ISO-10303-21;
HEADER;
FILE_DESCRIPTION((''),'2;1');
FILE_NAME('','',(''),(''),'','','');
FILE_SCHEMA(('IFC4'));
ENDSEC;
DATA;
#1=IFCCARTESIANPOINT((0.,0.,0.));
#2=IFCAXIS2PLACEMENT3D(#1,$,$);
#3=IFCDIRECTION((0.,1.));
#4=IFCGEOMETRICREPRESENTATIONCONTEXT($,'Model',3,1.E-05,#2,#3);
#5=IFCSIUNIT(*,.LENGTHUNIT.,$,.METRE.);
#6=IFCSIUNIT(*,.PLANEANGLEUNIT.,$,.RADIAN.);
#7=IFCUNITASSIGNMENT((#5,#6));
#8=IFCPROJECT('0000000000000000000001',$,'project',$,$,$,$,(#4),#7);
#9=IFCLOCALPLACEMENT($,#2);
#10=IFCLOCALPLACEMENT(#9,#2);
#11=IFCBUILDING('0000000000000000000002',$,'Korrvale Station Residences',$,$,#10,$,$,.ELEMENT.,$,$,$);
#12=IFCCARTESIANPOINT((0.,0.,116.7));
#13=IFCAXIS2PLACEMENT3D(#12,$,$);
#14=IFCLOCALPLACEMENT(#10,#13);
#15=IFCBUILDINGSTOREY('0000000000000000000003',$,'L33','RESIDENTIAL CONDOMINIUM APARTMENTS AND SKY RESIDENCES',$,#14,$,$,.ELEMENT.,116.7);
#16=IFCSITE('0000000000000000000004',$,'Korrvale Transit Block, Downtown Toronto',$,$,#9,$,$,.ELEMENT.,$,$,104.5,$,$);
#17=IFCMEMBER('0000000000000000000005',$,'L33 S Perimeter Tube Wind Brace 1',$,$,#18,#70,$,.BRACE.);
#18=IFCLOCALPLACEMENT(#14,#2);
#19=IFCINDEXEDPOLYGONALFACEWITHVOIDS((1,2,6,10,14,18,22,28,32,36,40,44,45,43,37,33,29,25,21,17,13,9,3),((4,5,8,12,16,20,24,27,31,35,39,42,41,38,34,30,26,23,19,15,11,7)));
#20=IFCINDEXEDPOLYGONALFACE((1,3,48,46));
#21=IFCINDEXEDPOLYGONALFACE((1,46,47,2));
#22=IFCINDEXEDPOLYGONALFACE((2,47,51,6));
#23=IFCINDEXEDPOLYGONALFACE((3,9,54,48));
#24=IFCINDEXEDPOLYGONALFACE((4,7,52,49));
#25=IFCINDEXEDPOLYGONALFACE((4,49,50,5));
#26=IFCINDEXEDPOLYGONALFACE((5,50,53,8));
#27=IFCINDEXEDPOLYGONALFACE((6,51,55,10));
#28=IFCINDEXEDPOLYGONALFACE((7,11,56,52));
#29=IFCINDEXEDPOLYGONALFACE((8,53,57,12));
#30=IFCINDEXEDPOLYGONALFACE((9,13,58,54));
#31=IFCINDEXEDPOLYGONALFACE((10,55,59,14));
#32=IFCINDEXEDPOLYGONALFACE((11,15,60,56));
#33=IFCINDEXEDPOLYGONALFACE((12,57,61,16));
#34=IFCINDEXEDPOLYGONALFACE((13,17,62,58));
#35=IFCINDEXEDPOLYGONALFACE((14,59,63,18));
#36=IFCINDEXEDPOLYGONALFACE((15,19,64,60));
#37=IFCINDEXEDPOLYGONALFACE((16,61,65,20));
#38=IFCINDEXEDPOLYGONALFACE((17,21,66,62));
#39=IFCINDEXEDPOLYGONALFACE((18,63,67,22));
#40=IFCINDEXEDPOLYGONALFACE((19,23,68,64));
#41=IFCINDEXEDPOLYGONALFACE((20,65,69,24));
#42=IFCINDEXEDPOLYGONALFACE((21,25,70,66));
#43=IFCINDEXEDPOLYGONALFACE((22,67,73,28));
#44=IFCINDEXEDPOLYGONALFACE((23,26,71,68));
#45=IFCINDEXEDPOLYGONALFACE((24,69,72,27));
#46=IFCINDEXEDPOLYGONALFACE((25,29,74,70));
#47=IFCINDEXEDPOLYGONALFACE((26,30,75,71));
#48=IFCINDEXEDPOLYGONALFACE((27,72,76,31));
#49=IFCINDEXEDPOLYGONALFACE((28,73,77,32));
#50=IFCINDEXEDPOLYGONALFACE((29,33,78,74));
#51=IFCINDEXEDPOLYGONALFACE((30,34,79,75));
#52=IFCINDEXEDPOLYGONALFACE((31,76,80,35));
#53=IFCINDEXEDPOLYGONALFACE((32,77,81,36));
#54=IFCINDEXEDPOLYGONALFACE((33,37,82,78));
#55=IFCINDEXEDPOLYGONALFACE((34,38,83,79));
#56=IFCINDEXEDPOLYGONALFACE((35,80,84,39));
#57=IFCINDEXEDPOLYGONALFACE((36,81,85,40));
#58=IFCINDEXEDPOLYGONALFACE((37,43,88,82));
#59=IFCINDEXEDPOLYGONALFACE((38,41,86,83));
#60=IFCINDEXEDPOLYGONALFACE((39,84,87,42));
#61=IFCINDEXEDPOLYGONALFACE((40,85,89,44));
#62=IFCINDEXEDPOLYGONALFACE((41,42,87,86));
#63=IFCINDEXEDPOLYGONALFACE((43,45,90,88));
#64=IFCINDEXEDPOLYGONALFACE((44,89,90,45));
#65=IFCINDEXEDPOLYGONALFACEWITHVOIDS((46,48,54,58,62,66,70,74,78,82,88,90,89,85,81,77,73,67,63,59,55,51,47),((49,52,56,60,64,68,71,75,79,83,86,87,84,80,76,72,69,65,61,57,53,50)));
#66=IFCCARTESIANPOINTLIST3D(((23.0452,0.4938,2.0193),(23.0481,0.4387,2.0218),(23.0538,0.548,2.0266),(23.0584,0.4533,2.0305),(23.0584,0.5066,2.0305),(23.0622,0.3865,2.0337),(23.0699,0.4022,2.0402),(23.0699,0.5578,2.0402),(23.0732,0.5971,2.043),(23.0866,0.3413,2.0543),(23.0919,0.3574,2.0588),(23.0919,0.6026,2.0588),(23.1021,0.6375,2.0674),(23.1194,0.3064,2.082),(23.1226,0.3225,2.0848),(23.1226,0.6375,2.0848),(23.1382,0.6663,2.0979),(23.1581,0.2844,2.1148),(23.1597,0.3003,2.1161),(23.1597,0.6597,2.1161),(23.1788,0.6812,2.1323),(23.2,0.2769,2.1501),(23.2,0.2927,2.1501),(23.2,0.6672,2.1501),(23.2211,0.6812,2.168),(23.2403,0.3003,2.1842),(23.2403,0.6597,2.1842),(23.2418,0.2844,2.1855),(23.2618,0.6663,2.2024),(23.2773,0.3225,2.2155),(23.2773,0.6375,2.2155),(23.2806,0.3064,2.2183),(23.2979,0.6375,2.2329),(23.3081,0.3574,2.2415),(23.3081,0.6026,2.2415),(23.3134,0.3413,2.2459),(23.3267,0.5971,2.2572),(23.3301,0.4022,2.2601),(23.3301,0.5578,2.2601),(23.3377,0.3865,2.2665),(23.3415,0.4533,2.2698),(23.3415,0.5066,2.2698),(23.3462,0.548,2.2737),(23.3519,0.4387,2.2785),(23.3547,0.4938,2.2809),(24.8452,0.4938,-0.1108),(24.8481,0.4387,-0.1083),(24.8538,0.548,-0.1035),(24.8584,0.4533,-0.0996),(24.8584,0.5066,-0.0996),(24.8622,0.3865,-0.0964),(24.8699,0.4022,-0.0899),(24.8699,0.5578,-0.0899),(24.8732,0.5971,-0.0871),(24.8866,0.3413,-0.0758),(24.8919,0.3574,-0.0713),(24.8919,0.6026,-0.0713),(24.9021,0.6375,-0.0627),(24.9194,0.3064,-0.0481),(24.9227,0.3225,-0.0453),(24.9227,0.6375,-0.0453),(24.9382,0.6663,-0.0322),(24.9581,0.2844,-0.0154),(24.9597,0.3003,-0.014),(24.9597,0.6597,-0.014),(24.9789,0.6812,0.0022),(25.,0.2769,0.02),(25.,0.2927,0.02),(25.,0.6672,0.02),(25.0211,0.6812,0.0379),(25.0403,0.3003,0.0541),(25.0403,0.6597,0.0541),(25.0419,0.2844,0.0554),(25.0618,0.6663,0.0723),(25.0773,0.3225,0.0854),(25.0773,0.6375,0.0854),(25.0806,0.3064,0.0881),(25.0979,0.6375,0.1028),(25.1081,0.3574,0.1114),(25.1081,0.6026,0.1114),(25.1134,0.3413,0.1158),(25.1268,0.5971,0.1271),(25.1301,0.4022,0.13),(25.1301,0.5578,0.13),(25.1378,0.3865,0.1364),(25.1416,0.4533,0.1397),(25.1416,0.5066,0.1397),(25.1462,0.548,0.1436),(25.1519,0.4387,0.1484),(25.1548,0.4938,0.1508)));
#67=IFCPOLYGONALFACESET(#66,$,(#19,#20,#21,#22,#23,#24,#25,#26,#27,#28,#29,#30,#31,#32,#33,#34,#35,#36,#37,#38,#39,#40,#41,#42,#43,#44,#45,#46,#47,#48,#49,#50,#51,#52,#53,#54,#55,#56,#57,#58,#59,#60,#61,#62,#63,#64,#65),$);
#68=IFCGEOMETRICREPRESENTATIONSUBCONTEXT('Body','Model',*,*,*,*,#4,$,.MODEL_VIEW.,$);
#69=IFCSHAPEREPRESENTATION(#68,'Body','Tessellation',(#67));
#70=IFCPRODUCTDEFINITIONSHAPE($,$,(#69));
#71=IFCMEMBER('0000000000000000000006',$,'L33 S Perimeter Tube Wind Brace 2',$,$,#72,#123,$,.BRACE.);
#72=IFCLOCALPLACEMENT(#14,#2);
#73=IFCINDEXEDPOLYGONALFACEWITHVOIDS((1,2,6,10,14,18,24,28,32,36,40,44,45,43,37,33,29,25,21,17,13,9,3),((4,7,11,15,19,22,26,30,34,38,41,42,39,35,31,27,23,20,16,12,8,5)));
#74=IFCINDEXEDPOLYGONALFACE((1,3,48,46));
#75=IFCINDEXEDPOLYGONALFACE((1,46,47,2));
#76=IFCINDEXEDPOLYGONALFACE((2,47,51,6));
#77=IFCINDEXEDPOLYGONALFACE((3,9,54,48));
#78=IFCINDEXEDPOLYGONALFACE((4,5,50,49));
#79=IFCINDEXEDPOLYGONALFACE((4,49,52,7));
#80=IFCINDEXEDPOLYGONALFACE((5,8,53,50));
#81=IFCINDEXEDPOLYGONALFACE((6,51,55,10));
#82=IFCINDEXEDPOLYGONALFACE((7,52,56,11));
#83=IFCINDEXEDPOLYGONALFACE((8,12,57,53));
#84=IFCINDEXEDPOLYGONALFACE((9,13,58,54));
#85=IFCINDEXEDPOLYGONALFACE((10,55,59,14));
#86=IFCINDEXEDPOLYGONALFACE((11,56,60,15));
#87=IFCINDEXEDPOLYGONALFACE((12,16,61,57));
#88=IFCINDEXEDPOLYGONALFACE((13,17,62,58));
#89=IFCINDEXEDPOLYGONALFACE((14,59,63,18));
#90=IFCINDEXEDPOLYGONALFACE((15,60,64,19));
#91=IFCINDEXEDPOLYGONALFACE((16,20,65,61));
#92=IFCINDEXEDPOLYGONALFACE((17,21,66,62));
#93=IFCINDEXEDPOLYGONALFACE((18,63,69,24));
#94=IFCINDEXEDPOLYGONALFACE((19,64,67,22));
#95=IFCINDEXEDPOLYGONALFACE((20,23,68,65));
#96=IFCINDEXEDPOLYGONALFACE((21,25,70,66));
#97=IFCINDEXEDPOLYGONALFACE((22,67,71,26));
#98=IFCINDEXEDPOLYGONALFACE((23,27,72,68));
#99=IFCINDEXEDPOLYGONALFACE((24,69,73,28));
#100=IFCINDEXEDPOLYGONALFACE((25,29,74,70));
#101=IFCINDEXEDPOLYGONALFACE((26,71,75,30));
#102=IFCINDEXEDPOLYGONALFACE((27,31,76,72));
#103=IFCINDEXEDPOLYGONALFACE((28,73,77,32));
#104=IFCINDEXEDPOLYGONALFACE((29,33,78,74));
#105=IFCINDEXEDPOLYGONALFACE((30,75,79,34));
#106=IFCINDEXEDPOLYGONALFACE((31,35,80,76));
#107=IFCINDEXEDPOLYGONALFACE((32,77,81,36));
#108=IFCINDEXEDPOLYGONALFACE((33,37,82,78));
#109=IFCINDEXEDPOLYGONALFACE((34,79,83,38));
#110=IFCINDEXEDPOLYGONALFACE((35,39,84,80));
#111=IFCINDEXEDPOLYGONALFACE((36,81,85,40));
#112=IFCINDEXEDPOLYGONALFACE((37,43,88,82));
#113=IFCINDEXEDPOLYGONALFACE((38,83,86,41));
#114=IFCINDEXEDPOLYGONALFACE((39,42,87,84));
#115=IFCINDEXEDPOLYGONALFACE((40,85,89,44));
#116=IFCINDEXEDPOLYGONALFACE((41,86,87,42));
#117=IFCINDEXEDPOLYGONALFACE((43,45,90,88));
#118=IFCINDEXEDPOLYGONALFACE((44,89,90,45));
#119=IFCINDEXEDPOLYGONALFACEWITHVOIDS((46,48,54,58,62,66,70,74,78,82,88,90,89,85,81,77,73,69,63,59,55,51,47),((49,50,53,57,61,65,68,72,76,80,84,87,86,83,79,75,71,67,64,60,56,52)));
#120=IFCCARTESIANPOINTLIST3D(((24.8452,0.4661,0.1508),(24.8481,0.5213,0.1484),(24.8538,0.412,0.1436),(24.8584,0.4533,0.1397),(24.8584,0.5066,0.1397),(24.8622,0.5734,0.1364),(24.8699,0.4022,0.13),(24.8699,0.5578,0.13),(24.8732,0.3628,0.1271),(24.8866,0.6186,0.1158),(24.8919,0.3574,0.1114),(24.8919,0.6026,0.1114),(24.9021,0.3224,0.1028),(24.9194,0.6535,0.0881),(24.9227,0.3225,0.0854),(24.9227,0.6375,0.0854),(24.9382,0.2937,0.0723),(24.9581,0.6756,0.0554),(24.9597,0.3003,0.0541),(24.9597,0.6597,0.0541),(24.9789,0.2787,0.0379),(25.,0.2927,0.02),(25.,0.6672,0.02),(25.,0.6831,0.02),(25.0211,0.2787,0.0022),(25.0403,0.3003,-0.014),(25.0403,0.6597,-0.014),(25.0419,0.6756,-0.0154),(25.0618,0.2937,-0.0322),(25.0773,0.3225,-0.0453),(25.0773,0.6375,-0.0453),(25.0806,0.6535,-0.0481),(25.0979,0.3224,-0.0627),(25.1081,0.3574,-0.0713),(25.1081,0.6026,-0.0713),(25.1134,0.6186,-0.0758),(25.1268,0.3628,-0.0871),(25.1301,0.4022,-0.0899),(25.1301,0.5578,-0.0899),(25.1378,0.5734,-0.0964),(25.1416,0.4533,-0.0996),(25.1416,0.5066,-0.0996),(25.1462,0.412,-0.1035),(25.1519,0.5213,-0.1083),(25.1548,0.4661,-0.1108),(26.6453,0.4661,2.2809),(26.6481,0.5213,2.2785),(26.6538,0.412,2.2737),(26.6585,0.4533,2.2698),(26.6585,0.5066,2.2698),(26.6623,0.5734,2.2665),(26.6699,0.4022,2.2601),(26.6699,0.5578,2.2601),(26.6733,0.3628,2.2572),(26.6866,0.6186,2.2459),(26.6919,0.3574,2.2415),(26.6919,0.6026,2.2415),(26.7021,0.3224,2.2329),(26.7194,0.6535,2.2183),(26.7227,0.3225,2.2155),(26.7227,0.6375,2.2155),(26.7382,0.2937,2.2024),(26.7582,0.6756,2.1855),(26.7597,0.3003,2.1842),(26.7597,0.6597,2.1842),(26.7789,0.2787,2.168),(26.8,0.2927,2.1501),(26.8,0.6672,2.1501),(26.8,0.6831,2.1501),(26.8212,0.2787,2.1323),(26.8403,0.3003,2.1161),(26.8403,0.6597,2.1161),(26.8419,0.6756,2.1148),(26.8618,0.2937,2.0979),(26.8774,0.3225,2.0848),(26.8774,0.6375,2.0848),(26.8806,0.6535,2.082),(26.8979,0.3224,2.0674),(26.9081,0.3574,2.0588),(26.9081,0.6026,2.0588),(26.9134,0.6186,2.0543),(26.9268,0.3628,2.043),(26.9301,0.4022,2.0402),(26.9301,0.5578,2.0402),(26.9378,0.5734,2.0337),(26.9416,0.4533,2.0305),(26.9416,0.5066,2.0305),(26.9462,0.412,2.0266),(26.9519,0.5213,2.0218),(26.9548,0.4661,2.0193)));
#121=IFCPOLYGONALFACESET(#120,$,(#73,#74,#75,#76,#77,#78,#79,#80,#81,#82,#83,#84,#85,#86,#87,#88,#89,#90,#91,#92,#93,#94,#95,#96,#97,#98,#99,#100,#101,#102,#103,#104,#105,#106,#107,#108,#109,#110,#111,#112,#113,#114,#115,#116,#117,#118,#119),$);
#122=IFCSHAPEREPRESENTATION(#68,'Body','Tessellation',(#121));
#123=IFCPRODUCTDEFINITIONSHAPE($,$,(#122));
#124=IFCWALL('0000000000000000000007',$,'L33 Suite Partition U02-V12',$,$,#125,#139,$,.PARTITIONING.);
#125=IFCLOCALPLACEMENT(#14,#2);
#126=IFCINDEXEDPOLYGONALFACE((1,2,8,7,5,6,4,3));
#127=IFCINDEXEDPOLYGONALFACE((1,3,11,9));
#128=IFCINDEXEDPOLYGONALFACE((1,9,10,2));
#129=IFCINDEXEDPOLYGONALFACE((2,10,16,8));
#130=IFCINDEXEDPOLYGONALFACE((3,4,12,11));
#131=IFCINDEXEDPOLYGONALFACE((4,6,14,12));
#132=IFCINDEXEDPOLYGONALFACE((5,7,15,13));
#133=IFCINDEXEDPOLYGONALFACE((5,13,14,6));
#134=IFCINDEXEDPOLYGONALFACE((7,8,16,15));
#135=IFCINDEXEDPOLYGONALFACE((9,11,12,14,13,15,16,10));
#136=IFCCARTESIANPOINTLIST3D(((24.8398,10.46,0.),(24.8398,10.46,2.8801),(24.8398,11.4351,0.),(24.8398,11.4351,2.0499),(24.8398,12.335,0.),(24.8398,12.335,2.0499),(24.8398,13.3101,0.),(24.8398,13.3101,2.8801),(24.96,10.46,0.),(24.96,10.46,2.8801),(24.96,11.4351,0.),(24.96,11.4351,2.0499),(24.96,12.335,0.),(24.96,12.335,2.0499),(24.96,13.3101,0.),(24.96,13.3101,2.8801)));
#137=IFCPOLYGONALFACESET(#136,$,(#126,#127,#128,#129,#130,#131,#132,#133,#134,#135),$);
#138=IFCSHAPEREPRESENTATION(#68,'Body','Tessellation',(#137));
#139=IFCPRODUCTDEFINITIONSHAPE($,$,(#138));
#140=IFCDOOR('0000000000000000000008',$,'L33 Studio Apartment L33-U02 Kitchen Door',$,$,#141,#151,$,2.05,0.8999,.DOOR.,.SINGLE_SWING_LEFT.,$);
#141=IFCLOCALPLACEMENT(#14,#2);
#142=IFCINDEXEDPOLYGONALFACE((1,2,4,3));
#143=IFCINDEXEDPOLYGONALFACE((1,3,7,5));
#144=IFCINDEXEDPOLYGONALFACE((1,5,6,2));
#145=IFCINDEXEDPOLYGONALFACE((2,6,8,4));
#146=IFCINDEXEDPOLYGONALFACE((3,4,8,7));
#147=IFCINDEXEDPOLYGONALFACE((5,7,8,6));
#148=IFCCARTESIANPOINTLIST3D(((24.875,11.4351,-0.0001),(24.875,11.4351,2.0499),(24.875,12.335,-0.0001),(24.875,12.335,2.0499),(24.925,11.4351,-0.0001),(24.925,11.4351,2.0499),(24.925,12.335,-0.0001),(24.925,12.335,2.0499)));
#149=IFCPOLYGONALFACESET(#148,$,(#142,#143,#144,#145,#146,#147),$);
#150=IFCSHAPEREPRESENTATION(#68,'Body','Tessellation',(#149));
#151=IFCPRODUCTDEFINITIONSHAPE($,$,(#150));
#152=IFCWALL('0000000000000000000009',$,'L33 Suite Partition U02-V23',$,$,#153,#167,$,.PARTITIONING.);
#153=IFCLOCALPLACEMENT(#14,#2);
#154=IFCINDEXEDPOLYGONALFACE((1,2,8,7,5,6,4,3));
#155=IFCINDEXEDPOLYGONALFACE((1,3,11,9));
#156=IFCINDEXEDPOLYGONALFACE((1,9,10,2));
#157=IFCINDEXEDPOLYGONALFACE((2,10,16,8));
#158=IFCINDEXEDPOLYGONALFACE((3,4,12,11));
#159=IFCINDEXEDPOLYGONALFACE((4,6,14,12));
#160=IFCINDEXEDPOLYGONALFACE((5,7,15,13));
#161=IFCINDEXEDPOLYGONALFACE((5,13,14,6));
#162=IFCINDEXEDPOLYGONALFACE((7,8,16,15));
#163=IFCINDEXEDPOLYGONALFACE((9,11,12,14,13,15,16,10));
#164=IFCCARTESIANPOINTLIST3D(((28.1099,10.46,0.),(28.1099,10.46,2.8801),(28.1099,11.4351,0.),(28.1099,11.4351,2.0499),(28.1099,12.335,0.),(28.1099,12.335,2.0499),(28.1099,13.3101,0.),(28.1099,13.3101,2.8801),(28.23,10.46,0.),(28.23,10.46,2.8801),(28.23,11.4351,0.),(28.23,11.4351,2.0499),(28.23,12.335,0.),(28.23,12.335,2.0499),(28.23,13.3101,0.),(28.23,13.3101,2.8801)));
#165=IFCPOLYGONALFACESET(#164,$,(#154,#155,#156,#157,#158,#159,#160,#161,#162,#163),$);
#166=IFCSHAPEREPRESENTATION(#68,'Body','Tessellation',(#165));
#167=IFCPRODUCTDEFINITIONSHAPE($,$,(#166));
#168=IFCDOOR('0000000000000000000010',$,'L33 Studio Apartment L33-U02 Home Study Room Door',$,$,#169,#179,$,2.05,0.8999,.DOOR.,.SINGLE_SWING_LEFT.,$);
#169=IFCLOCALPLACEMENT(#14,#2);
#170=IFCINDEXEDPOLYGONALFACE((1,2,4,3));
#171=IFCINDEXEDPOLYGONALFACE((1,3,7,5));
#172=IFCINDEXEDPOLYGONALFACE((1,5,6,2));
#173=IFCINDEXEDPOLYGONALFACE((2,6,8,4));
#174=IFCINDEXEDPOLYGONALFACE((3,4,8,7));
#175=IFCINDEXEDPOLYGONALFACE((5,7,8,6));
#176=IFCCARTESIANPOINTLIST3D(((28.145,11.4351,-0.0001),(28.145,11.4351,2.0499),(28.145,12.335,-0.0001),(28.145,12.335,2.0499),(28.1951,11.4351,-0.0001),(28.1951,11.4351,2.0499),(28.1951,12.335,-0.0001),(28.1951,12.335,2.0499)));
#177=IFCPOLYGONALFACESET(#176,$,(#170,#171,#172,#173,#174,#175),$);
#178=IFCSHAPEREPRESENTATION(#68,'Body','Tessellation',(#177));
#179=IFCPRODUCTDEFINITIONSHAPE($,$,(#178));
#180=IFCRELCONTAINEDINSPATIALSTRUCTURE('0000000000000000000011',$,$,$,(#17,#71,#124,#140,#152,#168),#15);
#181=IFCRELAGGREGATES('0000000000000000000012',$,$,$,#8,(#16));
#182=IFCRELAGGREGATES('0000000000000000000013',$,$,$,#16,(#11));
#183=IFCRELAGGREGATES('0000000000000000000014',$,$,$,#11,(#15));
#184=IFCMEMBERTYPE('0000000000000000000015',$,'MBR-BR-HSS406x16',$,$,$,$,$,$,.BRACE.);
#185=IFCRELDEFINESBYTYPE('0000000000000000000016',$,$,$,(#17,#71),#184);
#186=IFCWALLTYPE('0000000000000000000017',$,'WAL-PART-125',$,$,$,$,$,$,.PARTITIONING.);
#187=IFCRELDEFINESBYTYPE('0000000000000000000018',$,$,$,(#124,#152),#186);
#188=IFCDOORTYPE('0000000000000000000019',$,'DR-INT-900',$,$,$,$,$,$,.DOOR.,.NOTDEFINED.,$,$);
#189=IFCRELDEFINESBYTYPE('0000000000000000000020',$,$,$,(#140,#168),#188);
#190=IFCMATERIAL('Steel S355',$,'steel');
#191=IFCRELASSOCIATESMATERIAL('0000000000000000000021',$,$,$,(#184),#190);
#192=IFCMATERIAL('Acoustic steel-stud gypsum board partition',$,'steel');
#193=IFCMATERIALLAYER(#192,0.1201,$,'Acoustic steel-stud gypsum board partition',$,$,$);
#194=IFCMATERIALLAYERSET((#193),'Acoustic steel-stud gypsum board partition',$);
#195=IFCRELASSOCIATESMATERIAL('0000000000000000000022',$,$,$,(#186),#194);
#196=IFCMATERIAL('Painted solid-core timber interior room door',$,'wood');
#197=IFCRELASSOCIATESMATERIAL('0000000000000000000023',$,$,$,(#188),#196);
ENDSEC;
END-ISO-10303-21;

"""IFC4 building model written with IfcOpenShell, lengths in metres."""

from ifc_helpers import new_model, si_unit, direction, frame, frame_2d, origin, origin_2d, place, context, subcontext, project, spatial, rectangle, hollow_circle, extrude, material, layer, layer_set, material_profile, profile_set, type_object, element, fill, save


model = new_model("IFC4")

# Units and contexts
model_context = context("Model", 3, precision=1e-05, world=origin(), true_north=direction((0.0, 1.0)))
body_context = subcontext(model_context, "Body", "Model", "MODEL_VIEW")
ifc_project = project(units=[si_unit("LENGTHUNIT", "METRE"), si_unit("PLANEANGLEUNIT", "RADIAN")], contexts=[model_context])

# Site, building, storey
site_placement = place(None, origin())
site = spatial("IfcSite", under=ifc_project, at=site_placement, Name="Korrvale Transit Block, Downtown Toronto", CompositionType="ELEMENT", RefElevation=104.5)
building_placement = place(site_placement, origin())
building = spatial("IfcBuilding", under=site, at=building_placement, Name="Korrvale Station Residences", CompositionType="ELEMENT")
storey_placement = place(building_placement, frame((0.0, 0.0, 116.7)))
storey = spatial("IfcBuildingStorey", under=building, at=storey_placement, Name="L33", Description="RESIDENTIAL CONDOMINIUM APARTMENTS AND SKY RESIDENCES", CompositionType="ELEMENT", Elevation=116.7)

# Shared definitions
ifc_material_1 = material(Name="Steel S355", Category="steel")

# Members
ifc_material_profile_1 = material_profile(ifc_material_1, hollow_circle(Radius=0.2031, WallThickness=0.0159, at=origin_2d()), Name="HSS406x16")
ifc_profile_set_1 = profile_set([ifc_material_profile_1], Name="Steel S355")
member_type = type_object("IfcMemberType", Name="MBR-BR-HSS406x16", PredefinedType="BRACE", material=ifc_profile_set_1)
for number, where, z_axis, x_axis, name in (
    (1, (25.0, 0.48, 0.02), (-0.645448, 0.0, 0.763805), (0.0, -1.0, 0.0), "L33 S Perimeter Tube Wind Brace 1"),
    (2, (25.0, 0.48, 0.02), (0.645448, 0.0, 0.763805), (0.0, 1.0, 0.0), "L33 S Perimeter Tube Wind Brace 2"),
):
    element("IfcMember", number, at=place(storey_placement, frame(where, z_axis=z_axis, x_axis=x_axis)), inside=storey, type_object=member_type, Name=name, PredefinedType="BRACE", context=body_context, shape_type="SweptSolid", body=[
        extrude(hollow_circle(Radius=0.2031, WallThickness=0.0159, at=origin_2d()), origin(), (0.0, 0.0, 1.0), 2.7888),
    ])

# Walls, openings, doors
ifc_material_2 = material(Name="Acoustic steel-stud gypsum board partition", Category="steel")
ifc_layer_1 = layer(ifc_material_2, 0.1201, Name="Acoustic steel-stud gypsum board partition")
ifc_layer_set_1 = layer_set([ifc_layer_1], Name="Acoustic steel-stud gypsum board partition")
wall_type = type_object("IfcWallType", Name="WAL-PART-125", PredefinedType="PARTITIONING", material=ifc_layer_set_1)
wall_1_placement = place(storey_placement, frame((24.8999, 10.46, 0.0), z_axis=(0.0, 0.0, 1.0), x_axis=(0.0, 1.0, 0.0)))
wall_1 = element("IfcWall", 3, at=wall_1_placement, inside=storey, type_object=wall_type, Name="L33 Suite Partition U02-V12", PredefinedType="PARTITIONING", context=body_context, shape_type="SweptSolid", body=[
    extrude(rectangle(XDim=2.8501, YDim=0.1201, at=frame_2d((1.425, 0.0))), origin(), (0.0, 0.0, 1.0), 2.8801),
])
opening_1_placement = place(wall_1_placement, frame((0.9751, 0.0, 0.0)))
opening_1 = element("IfcOpeningElement", 4, at=opening_1_placement, cuts=wall_1, PredefinedType="OPENING", context=body_context, shape_type="SweptSolid", body=[
    extrude(rectangle(XDim=0.8999, YDim=2.05, at=frame_2d((0.45, 1.0249))), frame((0.0, 0.0701, 0.0), z_axis=(0.0, -1.0, 0.0), x_axis=(1.0, 0.0, 0.0)), (0.0, 0.0, 1.0), 0.1401),
])
ifc_material_3 = material(Name="Painted solid-core timber interior room door", Category="wood")
door_type = type_object("IfcDoorType", Name="DR-INT-900", OperationType="NOTDEFINED", PredefinedType="DOOR", material=ifc_material_3)
door_1_placement = place(opening_1_placement, origin())
door_1 = element("IfcDoor", 5, at=door_1_placement, inside=storey, type_object=door_type, Name="L33 Studio Apartment L33-U02 Kitchen Door", OperationType="SINGLE_SWING_LEFT", OverallHeight=2.05, OverallWidth=0.8999, PredefinedType="DOOR", context=body_context, shape_type="SweptSolid", body=[
    extrude(rectangle(XDim=0.8999, YDim=2.05, at=frame_2d((0.45, 1.0249))), frame((0.0, 0.0249, 0.0), z_axis=(0.0, -1.0, 0.0), x_axis=(1.0, 0.0, 0.0)), (0.0, 0.0, 1.0), 0.05),
])
fill(opening_1, door_1)
wall_2_placement = place(storey_placement, frame((28.1699, 10.46, 0.0), z_axis=(0.0, 0.0, 1.0), x_axis=(0.0, 1.0, 0.0)))
wall_2 = element("IfcWall", 6, at=wall_2_placement, inside=storey, type_object=wall_type, Name="L33 Suite Partition U02-V23", PredefinedType="PARTITIONING", context=body_context, shape_type="SweptSolid", body=[
    extrude(rectangle(XDim=2.8501, YDim=0.1201, at=frame_2d((1.425, 0.0))), origin(), (0.0, 0.0, 1.0), 2.8801),
])
opening_2_placement = place(wall_2_placement, frame((0.9751, 0.0, 0.0)))
opening_2 = element("IfcOpeningElement", 7, at=opening_2_placement, cuts=wall_2, PredefinedType="OPENING", context=body_context, shape_type="SweptSolid", body=[
    extrude(rectangle(XDim=0.8999, YDim=2.05, at=frame_2d((0.45, 1.0249))), frame((0.0, 0.0701, 0.0), z_axis=(0.0, -1.0, 0.0), x_axis=(1.0, 0.0, 0.0)), (0.0, 0.0, 1.0), 0.1401),
])
door_2_placement = place(opening_2_placement, origin())
door_2 = element("IfcDoor", 8, at=door_2_placement, inside=storey, type_object=door_type, Name="L33 Studio Apartment L33-U02 Home Study Room Door", OperationType="SINGLE_SWING_LEFT", OverallHeight=2.05, OverallWidth=0.8999, PredefinedType="DOOR", context=body_context, shape_type="SweptSolid", body=[
    extrude(rectangle(XDim=0.8999, YDim=2.05, at=frame_2d((0.45, 1.0249))), frame((0.0, 0.0249, 0.0), z_axis=(0.0, -1.0, 0.0), x_axis=(1.0, 0.0, 0.0)), (0.0, 0.0, 1.0), 0.05),
])
fill(opening_2, door_2)

save(model, "model.ifc")
